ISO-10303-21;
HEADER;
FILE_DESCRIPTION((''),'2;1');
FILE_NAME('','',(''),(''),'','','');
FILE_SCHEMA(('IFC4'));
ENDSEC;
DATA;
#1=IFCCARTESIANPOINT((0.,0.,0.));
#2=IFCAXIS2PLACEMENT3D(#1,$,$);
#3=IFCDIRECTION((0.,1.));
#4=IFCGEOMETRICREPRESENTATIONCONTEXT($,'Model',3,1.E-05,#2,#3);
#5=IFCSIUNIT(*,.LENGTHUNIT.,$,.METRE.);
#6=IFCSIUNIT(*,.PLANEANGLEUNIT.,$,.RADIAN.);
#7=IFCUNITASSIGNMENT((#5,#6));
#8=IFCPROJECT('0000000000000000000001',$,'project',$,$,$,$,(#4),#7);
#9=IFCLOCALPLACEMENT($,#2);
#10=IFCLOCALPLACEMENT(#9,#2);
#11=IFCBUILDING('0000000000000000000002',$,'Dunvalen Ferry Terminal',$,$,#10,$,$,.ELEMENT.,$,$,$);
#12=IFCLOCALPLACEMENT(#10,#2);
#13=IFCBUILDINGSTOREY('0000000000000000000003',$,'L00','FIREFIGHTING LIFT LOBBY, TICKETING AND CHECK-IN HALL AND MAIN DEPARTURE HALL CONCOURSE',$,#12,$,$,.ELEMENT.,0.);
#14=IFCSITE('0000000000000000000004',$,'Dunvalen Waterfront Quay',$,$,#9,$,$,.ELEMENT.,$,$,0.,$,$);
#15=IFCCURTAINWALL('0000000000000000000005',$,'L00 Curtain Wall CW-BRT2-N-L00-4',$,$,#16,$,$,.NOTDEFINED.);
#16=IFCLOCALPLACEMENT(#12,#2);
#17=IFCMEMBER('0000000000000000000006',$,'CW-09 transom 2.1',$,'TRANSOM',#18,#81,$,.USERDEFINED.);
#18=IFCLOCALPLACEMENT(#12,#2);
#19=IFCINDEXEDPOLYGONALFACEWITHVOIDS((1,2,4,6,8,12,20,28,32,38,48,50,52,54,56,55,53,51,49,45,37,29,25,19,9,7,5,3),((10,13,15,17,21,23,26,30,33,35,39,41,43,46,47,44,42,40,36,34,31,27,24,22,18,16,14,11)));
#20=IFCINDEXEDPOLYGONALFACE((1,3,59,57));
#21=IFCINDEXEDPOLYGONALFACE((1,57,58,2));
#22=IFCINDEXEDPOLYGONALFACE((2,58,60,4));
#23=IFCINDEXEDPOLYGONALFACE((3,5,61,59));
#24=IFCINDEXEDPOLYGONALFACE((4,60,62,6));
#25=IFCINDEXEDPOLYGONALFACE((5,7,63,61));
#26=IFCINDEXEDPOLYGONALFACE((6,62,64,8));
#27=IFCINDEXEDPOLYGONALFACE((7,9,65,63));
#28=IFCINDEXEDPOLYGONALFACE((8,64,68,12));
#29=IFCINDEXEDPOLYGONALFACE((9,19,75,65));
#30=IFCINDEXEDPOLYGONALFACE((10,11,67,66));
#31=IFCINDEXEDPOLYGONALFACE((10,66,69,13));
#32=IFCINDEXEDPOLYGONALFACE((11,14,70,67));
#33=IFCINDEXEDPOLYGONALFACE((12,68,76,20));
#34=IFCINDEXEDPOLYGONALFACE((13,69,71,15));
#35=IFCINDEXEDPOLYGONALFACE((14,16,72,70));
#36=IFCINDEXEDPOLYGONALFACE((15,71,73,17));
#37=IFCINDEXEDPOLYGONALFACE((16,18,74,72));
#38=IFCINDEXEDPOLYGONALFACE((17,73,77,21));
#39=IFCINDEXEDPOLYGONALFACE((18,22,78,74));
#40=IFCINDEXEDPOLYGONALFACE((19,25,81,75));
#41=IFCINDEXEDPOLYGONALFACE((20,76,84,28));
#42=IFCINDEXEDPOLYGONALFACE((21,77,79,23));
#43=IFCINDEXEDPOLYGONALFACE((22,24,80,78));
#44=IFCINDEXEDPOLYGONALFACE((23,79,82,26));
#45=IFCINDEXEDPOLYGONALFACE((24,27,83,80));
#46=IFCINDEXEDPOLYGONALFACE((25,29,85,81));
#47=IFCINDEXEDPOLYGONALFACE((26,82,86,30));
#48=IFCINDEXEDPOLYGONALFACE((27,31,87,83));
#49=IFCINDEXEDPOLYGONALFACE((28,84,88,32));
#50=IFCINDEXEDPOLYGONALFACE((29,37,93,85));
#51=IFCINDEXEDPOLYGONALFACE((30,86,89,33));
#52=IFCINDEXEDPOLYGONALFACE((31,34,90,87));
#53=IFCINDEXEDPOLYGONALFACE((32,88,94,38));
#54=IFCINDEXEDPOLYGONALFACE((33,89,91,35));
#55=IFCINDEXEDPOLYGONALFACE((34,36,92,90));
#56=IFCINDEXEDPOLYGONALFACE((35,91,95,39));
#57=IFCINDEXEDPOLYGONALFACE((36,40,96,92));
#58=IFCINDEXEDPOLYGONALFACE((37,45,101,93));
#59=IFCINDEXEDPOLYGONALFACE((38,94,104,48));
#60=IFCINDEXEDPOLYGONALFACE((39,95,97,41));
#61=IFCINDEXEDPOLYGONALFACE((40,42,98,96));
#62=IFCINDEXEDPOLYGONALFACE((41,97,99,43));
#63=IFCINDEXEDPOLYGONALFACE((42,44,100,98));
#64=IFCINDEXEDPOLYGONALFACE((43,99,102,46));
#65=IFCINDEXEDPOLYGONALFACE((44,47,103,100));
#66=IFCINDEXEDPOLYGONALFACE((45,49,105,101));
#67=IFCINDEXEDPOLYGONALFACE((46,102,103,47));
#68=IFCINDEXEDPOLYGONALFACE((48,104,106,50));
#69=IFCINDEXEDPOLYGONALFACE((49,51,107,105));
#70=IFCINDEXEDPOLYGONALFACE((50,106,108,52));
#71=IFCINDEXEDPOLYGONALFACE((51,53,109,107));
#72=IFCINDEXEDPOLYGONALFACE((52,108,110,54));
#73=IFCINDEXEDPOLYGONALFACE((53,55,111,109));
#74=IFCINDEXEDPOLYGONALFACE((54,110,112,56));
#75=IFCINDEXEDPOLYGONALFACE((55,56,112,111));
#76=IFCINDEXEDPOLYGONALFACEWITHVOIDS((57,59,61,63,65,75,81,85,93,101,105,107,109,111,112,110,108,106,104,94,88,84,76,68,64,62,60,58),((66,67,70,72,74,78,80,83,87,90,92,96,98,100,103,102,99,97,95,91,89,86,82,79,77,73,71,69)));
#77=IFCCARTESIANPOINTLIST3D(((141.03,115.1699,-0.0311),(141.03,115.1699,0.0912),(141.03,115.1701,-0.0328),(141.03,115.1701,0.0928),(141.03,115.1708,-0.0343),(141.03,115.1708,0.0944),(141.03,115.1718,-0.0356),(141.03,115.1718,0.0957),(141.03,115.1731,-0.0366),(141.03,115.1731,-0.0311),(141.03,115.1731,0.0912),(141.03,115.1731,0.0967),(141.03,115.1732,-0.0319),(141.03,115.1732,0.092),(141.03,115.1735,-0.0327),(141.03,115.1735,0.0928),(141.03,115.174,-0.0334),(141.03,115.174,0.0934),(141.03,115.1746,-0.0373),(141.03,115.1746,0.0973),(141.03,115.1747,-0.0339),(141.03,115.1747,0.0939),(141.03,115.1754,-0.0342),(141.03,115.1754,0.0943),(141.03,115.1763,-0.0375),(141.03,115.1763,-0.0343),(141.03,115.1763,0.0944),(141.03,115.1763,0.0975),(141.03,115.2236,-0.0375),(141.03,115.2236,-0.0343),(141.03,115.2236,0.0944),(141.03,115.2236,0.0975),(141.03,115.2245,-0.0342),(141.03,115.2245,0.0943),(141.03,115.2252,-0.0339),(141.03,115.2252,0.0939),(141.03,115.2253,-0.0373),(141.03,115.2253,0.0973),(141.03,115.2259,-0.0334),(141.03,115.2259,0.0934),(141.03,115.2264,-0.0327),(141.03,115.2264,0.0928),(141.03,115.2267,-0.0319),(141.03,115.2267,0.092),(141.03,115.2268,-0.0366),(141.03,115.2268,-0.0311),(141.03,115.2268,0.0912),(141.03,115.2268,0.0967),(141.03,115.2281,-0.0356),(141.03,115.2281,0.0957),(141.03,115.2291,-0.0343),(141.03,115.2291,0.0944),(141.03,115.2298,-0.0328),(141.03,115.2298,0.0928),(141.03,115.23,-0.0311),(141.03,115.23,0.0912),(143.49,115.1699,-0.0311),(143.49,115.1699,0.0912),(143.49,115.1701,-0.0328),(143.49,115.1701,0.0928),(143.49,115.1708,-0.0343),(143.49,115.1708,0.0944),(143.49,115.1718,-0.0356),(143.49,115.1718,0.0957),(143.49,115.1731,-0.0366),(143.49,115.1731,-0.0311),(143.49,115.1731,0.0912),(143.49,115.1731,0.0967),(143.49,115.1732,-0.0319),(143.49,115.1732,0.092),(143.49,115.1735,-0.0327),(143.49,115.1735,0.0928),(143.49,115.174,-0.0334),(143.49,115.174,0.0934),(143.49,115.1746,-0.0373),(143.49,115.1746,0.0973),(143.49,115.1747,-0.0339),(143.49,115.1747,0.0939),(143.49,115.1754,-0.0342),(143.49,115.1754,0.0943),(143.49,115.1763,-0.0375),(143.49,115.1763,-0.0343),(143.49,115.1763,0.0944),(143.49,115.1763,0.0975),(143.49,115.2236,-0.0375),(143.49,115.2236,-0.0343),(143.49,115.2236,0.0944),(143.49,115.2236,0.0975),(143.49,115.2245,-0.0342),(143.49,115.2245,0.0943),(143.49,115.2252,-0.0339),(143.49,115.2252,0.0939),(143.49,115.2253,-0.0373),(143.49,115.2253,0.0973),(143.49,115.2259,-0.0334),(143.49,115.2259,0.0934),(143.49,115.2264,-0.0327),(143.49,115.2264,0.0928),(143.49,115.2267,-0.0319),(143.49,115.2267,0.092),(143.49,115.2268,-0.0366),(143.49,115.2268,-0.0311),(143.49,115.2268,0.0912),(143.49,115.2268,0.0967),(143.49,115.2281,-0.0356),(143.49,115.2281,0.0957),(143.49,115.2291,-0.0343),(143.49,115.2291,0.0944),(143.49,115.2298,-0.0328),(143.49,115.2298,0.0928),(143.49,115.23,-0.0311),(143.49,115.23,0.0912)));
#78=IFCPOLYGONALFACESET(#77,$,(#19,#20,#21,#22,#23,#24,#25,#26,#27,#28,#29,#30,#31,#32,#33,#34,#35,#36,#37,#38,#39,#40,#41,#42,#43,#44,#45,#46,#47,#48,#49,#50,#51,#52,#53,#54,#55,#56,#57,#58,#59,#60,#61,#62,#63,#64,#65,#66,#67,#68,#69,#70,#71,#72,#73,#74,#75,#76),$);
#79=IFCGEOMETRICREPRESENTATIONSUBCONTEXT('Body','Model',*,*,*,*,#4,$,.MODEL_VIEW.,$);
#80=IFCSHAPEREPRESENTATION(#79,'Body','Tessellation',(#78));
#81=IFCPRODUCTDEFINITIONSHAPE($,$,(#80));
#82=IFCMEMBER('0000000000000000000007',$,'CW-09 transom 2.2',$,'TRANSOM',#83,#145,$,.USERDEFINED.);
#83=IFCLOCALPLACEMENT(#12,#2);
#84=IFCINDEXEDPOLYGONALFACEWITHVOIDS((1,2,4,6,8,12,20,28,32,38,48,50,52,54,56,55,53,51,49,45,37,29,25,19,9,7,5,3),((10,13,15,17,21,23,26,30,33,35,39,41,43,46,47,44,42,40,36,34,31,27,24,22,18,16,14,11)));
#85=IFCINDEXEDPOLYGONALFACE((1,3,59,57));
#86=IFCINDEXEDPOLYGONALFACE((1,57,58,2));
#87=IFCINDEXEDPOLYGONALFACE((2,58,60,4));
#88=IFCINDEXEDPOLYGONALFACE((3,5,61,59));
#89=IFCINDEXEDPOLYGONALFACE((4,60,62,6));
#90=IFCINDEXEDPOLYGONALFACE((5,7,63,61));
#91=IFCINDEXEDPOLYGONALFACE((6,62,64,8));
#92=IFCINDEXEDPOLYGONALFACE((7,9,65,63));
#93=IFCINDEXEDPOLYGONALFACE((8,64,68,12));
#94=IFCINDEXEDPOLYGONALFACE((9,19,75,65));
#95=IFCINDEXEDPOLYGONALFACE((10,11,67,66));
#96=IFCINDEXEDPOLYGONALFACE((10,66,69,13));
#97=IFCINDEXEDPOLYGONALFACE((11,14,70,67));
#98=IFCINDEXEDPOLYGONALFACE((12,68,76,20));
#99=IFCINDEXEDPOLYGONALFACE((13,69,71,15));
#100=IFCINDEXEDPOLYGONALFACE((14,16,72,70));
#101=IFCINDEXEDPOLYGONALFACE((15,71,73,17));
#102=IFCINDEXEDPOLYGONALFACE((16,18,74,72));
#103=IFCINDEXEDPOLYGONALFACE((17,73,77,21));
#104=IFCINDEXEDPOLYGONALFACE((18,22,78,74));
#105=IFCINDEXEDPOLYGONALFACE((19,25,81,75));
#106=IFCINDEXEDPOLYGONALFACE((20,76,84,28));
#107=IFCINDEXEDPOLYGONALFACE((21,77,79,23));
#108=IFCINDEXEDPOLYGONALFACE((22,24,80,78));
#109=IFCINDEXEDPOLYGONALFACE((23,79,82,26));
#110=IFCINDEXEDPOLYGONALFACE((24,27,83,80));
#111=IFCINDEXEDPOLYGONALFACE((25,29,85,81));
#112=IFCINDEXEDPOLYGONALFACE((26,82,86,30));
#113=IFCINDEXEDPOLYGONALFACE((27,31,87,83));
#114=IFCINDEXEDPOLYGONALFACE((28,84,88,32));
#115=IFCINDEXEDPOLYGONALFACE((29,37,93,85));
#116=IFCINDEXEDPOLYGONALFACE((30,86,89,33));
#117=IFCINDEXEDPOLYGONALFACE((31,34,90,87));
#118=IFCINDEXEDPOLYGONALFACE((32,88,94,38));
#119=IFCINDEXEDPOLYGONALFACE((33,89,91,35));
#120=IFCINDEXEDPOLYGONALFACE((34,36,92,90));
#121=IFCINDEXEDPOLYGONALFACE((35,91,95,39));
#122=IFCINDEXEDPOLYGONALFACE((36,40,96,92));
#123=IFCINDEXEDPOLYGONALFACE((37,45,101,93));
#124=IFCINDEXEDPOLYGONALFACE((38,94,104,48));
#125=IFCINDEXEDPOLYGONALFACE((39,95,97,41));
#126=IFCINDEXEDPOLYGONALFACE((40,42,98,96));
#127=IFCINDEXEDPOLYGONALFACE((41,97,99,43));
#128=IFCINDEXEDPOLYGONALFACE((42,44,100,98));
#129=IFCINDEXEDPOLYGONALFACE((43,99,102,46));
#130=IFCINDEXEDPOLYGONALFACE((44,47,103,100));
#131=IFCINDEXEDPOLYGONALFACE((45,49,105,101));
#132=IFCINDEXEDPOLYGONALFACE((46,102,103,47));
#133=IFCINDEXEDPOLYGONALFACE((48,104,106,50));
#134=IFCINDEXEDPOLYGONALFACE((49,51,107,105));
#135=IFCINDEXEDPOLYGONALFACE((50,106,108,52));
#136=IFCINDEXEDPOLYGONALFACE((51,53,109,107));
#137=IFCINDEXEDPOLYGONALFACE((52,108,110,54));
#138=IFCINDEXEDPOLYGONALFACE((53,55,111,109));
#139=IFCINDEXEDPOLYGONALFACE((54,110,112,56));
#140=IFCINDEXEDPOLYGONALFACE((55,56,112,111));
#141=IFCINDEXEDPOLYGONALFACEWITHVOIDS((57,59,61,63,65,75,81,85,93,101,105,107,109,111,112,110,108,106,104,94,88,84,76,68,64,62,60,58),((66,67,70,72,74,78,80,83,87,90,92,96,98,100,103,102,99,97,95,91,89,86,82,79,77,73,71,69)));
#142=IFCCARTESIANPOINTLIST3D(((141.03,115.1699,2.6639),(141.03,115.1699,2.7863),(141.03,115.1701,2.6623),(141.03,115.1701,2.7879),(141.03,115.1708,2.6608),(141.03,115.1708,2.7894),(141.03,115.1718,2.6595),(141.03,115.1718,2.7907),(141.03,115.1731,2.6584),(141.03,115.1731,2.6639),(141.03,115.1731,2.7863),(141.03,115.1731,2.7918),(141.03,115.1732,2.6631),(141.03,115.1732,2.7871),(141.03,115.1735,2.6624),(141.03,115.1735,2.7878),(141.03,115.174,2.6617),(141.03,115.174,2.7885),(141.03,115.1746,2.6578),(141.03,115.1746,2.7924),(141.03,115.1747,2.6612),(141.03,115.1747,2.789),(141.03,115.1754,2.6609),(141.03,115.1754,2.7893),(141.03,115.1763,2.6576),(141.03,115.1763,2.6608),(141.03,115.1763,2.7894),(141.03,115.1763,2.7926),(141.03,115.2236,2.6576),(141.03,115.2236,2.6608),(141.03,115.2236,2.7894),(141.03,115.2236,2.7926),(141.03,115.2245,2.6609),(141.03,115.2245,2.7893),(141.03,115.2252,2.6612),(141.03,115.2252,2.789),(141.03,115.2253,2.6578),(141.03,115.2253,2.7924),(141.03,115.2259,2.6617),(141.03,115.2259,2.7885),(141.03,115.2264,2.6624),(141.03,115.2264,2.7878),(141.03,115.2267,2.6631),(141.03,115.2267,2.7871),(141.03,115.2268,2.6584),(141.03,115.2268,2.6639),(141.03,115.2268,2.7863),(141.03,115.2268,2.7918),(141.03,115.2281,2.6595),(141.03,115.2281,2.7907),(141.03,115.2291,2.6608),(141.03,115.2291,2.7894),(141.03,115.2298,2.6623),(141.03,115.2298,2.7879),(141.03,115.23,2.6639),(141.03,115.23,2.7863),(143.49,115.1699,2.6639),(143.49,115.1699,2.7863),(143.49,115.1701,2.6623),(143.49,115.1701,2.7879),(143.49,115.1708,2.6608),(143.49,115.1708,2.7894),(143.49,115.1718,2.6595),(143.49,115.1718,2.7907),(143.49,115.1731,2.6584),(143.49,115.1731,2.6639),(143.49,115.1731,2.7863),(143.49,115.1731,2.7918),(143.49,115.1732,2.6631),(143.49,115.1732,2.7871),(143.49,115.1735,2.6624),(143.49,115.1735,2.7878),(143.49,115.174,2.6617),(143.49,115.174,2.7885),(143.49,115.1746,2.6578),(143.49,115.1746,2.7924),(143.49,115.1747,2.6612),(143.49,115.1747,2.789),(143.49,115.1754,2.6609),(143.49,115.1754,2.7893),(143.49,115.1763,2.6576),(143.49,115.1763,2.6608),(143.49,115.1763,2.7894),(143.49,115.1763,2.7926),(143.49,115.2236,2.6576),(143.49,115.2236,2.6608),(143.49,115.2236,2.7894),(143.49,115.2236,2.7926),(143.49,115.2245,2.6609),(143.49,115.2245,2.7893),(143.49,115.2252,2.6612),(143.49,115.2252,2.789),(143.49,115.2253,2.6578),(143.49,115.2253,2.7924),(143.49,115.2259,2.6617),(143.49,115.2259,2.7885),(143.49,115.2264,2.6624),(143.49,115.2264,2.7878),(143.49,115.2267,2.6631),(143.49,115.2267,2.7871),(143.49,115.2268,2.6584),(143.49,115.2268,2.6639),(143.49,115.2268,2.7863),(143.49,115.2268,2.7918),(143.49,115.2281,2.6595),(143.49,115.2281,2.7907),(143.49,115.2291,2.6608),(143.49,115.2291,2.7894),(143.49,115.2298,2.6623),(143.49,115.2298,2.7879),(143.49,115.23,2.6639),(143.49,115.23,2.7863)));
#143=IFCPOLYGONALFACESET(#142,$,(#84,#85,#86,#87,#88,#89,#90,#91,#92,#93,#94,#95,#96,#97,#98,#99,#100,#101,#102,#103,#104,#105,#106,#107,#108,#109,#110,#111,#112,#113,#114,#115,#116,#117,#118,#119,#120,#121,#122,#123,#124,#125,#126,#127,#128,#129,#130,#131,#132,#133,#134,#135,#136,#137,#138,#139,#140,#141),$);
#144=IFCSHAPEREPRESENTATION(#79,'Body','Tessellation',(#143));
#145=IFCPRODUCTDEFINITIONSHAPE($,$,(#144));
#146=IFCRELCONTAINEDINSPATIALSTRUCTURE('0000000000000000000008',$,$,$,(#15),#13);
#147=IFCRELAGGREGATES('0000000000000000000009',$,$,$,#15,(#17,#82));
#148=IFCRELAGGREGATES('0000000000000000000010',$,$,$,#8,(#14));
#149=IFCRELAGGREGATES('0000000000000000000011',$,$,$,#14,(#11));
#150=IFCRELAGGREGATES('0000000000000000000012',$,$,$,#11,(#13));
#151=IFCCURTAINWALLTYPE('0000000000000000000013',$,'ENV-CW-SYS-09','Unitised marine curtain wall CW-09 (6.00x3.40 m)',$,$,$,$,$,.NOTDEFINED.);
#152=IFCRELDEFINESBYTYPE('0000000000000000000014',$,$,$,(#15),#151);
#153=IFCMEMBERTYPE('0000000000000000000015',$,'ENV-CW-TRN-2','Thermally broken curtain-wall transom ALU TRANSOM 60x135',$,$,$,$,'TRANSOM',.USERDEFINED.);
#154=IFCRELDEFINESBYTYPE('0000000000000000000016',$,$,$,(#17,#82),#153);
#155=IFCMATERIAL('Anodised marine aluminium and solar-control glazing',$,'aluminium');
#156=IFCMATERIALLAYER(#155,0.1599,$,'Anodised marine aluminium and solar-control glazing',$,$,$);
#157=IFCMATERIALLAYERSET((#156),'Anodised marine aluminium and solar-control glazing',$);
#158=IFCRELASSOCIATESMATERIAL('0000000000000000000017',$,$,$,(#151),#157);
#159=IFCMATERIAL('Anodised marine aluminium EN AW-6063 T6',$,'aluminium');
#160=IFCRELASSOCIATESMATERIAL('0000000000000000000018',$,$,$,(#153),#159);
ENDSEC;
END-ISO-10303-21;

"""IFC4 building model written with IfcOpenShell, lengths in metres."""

from ifc_helpers import new_model, si_unit, direction, frame, origin, origin_2d, place, context, subcontext, project, spatial, hollow_rectangle, extrude, material, layer, layer_set, material_profile, profile_set, type_object, element, aggregate, save


model = new_model("IFC4")

# Units and contexts
model_context = context("Model", 3, precision=1e-05, world=origin(), true_north=direction((0.0, 1.0)))
body_context = subcontext(model_context, "Body", "Model", "MODEL_VIEW")
ifc_project = project(units=[si_unit("LENGTHUNIT", "METRE"), si_unit("PLANEANGLEUNIT", "RADIAN")], contexts=[model_context])

# Site, building, storey
site_placement = place(None, origin())
site = spatial("IfcSite", under=ifc_project, at=site_placement, Name="Dunvalen Waterfront Quay", CompositionType="ELEMENT", RefElevation=0.0)
building_placement = place(site_placement, origin())
building = spatial("IfcBuilding", under=site, at=building_placement, Name="Dunvalen Ferry Terminal", CompositionType="ELEMENT")
storey_placement = place(building_placement, origin())
storey = spatial("IfcBuildingStorey", under=building, at=storey_placement, Name="L00", Description="FIREFIGHTING LIFT LOBBY, TICKETING AND CHECK-IN HALL AND MAIN DEPARTURE HALL CONCOURSE", CompositionType="ELEMENT", Elevation=0.0)

# Curtain wall, members
ifc_material_1 = material(Name="Anodised marine aluminium and solar-control glazing", Category="aluminium")
ifc_layer_1 = layer(ifc_material_1, 0.1599, Name="Anodised marine aluminium and solar-control glazing")
ifc_layer_set_1 = layer_set([ifc_layer_1], Name="Anodised marine aluminium and solar-control glazing")
curtain_wall_type = type_object("IfcCurtainWallType", Name="ENV-CW-SYS-09", Description="Unitised marine curtain wall CW-09 (6.00x3.40 m)", PredefinedType="NOTDEFINED", material=ifc_layer_set_1)
curtain_wall_placement = place(storey_placement, origin())
curtain_wall = element("IfcCurtainWall", 1, at=curtain_wall_placement, inside=storey, type_object=curtain_wall_type, Name="L00 Curtain Wall CW-BRT2-N-L00-4", PredefinedType="NOTDEFINED")
ifc_material_2 = material(Name="Anodised marine aluminium EN AW-6063 T6", Category="aluminium")
ifc_material_profile_1 = material_profile(ifc_material_2, hollow_rectangle(XDim=0.0601, YDim=0.135, WallThickness=0.0032, InnerFilletRadius=0.0032, OuterFilletRadius=0.0063, at=origin_2d()), Name="Anodised marine aluminium EN AW-6063 T6")
ifc_profile_set_1 = profile_set([ifc_material_profile_1], Name="Anodised marine aluminium EN AW-6063 T6")
member_type_1 = type_object("IfcMemberType", Name="ENV-CW-TRN-2", Description="Thermally broken curtain-wall transom ALU TRANSOM 60x135", ElementType="TRANSOM", PredefinedType="USERDEFINED", material=ifc_profile_set_1)
member_1_placement = place(storey_placement, frame((141.03, 115.2, 0.03), z_axis=(1.0, 0.0, 0.0), x_axis=(0.0, 1.0, 0.0)))
member_1 = element("IfcMember", 2, at=member_1_placement, type_object=member_type_1, Name="CW-09 transom 2.1", ObjectType="TRANSOM", PredefinedType="USERDEFINED", context=body_context, shape_type="SweptSolid", body=[
    extrude(hollow_rectangle(XDim=0.0601, YDim=0.135, WallThickness=0.0032, InnerFilletRadius=0.0032, OuterFilletRadius=0.0063, at=origin_2d()), origin(), (0.0, 0.0, 1.0), 2.46),
])
member_2_placement = place(storey_placement, frame((141.03, 115.2, 2.7251), z_axis=(1.0, 0.0, 0.0), x_axis=(0.0, 1.0, 0.0)))
member_2 = element("IfcMember", 3, at=member_2_placement, type_object=member_type_1, Name="CW-09 transom 2.2", ObjectType="TRANSOM", PredefinedType="USERDEFINED", context=body_context, shape_type="SweptSolid", body=[
    extrude(hollow_rectangle(XDim=0.0601, YDim=0.135, WallThickness=0.0032, InnerFilletRadius=0.0032, OuterFilletRadius=0.0063, at=origin_2d()), origin(), (0.0, 0.0, 1.0), 2.46),
])
aggregate(curtain_wall, [member_1, member_2])

save(model, "model.ifc")
